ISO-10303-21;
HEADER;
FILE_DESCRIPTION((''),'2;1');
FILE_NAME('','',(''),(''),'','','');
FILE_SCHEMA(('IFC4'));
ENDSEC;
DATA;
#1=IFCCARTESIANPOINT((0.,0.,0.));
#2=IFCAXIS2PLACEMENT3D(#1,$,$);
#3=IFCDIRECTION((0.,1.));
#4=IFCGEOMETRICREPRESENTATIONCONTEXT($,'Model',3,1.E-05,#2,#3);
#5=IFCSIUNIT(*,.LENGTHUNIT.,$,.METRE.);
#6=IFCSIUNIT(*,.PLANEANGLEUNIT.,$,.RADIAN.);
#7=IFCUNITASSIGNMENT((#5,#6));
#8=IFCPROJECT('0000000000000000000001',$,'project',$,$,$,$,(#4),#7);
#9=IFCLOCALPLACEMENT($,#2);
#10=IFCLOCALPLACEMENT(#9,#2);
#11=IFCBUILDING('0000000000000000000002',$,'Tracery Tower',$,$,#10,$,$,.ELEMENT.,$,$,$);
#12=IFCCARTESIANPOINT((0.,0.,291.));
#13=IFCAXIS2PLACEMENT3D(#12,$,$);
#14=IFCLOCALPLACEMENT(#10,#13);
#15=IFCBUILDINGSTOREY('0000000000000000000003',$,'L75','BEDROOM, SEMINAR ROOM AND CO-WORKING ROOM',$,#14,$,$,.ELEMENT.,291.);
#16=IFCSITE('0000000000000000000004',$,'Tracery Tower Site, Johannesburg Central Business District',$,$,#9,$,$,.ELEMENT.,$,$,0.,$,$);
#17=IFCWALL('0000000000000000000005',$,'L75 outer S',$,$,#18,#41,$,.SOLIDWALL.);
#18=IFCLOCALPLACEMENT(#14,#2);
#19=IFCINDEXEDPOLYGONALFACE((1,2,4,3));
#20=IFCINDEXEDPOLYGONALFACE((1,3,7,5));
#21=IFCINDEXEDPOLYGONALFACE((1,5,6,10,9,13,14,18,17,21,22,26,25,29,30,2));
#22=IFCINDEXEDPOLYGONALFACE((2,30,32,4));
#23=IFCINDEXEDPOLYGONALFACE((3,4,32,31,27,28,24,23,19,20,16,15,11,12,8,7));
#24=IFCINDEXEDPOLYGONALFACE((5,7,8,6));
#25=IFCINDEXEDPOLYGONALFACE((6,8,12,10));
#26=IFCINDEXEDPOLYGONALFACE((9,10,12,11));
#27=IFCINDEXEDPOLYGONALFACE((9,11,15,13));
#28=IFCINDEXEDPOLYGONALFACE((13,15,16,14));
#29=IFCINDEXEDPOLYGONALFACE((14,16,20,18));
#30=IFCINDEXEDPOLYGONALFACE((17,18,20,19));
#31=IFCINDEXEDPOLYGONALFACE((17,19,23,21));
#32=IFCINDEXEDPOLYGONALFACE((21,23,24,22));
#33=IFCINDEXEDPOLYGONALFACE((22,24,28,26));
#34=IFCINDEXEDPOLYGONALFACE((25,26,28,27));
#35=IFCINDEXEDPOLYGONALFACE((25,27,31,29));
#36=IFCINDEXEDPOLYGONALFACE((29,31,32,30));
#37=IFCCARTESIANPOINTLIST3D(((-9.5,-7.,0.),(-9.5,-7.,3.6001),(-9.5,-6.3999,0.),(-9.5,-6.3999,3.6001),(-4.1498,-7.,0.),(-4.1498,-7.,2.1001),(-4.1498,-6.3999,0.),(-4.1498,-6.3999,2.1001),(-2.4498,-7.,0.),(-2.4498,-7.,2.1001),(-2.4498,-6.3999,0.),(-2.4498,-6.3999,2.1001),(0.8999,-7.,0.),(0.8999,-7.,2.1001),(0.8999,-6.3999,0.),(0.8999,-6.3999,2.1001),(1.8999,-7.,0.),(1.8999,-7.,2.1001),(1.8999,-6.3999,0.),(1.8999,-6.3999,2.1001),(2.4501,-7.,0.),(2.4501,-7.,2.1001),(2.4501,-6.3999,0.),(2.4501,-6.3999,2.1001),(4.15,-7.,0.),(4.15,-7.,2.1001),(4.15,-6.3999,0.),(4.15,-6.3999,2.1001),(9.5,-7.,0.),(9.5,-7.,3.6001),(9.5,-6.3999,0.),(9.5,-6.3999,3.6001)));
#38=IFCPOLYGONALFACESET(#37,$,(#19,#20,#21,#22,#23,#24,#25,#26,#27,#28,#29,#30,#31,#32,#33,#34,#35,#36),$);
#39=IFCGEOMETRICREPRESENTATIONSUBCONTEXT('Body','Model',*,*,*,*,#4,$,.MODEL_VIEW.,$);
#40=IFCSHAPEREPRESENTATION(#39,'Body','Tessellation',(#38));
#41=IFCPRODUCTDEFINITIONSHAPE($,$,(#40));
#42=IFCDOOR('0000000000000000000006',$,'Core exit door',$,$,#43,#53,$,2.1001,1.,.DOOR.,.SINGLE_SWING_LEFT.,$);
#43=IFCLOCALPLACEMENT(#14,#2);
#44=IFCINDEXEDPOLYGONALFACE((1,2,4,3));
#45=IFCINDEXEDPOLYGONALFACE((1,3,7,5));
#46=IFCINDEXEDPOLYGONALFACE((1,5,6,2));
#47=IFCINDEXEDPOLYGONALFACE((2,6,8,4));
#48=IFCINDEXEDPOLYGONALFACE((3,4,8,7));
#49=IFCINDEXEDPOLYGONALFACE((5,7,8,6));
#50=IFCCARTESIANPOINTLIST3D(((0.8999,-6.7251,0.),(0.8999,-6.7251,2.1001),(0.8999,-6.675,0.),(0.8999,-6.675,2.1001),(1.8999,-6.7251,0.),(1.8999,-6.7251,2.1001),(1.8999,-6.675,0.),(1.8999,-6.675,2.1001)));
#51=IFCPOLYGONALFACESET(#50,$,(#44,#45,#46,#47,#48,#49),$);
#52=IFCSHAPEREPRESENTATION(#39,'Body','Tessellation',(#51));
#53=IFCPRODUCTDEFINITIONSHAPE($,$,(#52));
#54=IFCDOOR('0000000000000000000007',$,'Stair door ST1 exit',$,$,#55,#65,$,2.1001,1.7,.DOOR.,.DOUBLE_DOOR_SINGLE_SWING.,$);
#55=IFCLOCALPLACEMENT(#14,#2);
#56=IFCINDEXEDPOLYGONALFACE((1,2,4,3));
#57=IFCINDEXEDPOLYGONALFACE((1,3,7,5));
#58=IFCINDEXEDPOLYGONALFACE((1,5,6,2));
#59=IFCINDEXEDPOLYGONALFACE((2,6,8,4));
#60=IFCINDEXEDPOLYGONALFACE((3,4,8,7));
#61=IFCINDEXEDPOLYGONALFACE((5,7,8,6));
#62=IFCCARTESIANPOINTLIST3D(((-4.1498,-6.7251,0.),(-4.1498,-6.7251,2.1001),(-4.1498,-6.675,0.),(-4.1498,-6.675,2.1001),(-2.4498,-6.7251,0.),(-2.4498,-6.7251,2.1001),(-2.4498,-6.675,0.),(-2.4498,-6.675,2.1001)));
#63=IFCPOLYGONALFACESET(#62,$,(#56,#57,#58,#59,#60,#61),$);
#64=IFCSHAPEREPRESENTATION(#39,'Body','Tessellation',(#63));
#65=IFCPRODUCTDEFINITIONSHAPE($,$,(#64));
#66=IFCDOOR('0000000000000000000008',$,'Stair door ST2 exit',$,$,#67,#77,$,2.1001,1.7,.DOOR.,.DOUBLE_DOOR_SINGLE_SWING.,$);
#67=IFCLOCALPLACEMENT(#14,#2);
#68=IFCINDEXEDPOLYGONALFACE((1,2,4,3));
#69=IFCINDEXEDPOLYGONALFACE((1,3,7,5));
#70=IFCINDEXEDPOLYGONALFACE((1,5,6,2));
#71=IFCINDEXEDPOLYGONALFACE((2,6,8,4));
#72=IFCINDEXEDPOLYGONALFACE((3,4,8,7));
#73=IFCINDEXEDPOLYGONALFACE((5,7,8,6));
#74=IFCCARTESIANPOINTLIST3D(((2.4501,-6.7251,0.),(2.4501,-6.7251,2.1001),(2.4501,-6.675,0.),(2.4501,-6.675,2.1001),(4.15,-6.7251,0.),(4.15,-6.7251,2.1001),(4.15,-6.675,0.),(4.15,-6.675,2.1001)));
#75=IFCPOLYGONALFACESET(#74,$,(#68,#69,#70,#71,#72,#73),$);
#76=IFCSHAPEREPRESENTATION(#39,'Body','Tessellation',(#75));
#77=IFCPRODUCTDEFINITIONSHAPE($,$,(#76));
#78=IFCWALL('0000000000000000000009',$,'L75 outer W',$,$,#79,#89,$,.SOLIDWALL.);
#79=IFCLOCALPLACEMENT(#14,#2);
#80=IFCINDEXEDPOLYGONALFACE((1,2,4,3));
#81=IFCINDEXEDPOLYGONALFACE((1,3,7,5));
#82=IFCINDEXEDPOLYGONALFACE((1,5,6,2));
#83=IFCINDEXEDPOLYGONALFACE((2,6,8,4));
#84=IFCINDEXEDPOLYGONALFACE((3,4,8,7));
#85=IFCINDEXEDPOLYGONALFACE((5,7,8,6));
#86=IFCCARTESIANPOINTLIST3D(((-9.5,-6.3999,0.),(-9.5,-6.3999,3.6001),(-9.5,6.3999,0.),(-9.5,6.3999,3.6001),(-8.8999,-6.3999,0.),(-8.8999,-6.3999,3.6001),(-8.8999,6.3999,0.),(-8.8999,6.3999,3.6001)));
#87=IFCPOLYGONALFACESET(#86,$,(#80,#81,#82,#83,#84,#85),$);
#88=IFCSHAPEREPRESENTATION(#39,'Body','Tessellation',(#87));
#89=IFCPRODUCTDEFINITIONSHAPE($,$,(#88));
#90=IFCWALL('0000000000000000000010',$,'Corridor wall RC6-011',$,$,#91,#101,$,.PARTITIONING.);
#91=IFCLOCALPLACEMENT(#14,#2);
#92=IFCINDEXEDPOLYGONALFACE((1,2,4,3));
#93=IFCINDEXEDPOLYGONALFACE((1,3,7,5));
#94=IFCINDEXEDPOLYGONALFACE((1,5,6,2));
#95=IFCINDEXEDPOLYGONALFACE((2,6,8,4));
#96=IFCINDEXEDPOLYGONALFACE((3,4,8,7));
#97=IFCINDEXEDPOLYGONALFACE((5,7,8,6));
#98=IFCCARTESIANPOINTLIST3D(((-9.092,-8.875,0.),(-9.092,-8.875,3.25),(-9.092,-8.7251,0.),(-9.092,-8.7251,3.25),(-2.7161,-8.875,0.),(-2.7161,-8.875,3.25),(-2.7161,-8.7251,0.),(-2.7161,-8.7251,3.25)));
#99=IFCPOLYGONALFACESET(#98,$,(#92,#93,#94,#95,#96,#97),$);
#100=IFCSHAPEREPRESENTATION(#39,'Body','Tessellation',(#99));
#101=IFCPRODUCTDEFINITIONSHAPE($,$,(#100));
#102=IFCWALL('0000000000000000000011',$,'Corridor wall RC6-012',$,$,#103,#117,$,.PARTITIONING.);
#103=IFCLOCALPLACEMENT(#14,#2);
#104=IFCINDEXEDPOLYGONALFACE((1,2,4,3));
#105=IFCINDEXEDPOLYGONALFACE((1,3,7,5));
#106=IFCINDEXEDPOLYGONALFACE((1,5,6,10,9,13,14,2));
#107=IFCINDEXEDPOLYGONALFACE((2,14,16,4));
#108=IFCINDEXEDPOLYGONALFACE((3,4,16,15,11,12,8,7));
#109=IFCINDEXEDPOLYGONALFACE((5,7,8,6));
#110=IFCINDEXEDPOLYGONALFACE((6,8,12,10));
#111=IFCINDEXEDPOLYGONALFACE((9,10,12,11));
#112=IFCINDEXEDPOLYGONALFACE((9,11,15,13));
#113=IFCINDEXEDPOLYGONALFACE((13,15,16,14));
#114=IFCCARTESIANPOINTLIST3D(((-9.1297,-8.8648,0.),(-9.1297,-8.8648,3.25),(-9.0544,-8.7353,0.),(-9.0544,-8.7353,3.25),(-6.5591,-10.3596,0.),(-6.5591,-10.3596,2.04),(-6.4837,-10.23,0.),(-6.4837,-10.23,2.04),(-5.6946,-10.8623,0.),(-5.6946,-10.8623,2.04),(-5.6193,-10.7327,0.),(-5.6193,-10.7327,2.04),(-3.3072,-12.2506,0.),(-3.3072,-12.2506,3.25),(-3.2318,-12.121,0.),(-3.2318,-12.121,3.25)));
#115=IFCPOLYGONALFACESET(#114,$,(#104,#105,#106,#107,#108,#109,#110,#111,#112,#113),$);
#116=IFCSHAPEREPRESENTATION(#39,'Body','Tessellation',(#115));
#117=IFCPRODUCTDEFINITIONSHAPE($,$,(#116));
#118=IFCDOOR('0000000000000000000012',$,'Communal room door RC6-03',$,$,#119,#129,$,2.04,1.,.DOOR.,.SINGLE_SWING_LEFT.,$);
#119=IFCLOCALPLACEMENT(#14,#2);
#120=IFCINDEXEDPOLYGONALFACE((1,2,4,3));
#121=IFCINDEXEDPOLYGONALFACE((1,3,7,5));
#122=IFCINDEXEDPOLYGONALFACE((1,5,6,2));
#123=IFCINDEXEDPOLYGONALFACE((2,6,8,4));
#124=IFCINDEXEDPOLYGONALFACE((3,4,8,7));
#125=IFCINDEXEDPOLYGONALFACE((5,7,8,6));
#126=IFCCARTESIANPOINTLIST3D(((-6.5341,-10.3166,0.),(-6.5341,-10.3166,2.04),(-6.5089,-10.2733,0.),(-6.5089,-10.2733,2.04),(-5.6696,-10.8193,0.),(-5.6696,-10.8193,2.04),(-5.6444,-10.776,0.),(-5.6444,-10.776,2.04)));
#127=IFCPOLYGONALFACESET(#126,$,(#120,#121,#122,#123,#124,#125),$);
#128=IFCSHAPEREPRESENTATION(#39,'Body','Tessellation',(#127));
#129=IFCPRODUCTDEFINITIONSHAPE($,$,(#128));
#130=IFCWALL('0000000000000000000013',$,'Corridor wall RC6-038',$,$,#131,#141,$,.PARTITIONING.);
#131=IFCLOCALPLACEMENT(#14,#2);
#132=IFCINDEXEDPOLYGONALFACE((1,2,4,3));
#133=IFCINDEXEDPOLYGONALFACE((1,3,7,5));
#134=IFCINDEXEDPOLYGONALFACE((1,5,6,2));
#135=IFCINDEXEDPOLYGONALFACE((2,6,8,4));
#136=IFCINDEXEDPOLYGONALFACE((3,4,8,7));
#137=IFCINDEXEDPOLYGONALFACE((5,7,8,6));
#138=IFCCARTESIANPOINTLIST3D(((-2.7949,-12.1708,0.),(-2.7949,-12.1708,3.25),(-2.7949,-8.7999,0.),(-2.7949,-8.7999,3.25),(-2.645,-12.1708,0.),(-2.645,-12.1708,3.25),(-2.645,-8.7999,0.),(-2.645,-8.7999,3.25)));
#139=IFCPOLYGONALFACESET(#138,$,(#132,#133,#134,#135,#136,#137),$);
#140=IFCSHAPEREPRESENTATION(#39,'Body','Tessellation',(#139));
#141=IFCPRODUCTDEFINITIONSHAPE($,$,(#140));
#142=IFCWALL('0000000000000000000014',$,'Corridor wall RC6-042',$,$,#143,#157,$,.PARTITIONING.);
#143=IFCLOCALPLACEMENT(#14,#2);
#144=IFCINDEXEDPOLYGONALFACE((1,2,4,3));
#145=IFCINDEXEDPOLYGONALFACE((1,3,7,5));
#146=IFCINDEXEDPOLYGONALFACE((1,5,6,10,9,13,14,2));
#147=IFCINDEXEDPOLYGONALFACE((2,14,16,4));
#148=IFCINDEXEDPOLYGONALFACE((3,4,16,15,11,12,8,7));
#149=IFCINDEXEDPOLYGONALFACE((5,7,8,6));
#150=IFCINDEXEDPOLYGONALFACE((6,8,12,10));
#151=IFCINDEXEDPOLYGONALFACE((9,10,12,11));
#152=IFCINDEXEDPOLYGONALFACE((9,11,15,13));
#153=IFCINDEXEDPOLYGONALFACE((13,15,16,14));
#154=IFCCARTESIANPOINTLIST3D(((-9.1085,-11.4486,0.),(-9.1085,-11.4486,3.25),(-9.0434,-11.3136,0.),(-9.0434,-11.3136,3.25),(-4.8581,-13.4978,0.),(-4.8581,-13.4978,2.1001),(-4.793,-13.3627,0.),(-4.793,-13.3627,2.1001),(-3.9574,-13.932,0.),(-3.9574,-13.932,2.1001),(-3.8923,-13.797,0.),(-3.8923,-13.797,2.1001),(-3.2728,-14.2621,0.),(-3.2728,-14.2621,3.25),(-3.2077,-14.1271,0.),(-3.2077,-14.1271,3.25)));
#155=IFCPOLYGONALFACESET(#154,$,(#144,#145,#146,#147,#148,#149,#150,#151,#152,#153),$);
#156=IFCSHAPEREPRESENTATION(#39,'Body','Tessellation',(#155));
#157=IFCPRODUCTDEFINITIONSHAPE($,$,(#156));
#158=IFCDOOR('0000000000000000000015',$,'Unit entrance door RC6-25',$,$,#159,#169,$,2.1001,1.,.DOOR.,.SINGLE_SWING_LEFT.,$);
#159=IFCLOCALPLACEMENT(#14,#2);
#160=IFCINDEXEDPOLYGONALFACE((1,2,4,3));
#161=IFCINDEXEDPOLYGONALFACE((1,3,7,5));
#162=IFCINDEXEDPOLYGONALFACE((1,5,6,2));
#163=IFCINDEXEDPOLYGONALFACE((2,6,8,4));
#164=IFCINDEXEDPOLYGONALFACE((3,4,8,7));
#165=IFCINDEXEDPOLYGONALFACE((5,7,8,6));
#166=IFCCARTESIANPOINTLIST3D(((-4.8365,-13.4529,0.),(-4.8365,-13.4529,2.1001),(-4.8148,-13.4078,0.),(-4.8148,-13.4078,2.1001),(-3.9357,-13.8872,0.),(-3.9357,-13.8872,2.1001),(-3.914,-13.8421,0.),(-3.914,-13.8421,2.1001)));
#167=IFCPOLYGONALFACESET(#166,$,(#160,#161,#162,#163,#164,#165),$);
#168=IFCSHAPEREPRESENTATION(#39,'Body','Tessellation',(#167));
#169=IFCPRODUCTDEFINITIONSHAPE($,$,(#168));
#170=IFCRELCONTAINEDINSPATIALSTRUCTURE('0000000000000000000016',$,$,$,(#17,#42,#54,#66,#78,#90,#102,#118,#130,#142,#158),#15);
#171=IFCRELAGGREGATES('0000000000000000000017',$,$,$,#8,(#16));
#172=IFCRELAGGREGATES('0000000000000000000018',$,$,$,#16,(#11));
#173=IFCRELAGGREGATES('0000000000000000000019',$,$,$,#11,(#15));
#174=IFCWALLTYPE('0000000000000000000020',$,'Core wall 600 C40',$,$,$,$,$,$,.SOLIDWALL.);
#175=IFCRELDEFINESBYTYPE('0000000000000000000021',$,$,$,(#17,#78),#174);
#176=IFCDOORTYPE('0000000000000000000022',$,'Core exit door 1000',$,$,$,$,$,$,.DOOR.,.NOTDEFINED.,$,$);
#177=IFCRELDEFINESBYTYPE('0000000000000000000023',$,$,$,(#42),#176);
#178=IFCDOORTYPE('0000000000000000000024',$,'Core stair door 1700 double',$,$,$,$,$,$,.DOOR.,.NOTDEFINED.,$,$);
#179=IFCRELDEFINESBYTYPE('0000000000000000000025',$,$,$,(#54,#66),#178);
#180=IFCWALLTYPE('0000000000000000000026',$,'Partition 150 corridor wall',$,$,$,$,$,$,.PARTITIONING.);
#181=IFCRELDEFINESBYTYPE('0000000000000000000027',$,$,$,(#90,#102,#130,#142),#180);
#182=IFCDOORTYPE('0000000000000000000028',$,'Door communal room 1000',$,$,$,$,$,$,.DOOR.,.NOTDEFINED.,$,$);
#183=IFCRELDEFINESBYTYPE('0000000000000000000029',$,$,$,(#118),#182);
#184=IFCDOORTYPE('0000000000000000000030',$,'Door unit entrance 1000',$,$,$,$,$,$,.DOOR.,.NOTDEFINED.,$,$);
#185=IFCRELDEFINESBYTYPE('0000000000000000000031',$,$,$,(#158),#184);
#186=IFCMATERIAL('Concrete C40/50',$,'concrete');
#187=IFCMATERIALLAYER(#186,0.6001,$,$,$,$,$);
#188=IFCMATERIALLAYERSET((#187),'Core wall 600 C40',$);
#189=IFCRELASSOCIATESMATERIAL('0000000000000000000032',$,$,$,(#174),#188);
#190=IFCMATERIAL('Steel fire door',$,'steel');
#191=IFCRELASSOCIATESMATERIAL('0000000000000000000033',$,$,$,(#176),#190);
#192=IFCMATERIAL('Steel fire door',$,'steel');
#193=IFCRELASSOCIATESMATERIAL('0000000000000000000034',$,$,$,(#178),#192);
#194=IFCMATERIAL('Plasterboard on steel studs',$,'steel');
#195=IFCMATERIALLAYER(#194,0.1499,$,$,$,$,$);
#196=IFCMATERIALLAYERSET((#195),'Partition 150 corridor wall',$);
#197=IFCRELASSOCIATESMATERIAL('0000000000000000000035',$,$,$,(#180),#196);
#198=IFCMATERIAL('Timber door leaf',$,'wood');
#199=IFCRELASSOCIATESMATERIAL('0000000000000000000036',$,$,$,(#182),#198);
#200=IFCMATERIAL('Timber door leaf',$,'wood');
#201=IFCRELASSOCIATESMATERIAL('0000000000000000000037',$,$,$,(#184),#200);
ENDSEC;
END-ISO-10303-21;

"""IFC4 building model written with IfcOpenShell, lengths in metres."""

from ifc_helpers import new_model, si_unit, direction, frame, frame_2d, origin, place, context, subcontext, project, spatial, rectangle, extrude, material, layer, layer_set, type_object, element, fill, save


model = new_model("IFC4")

# Units and contexts
model_context = context("Model", 3, precision=1e-05, world=origin(), true_north=direction((0.0, 1.0)))
body_context = subcontext(model_context, "Body", "Model", "MODEL_VIEW")
ifc_project = project(units=[si_unit("LENGTHUNIT", "METRE"), si_unit("PLANEANGLEUNIT", "RADIAN")], contexts=[model_context])

# Site, building, storey
site_placement = place(None, origin())
site = spatial("IfcSite", under=ifc_project, at=site_placement, Name="Tracery Tower Site, Johannesburg Central Business District", CompositionType="ELEMENT", RefElevation=0.0)
building_placement = place(site_placement, origin())
building = spatial("IfcBuilding", under=site, at=building_placement, Name="Tracery Tower", CompositionType="ELEMENT")
storey_placement = place(building_placement, frame((0.0, 0.0, 291.0)))
storey = spatial("IfcBuildingStorey", under=building, at=storey_placement, Name="L75", Description="BEDROOM, SEMINAR ROOM AND CO-WORKING ROOM", CompositionType="ELEMENT", Elevation=291.0)

# Wall, openings, doors
ifc_material_1 = material(Name="Concrete C40/50", Category="concrete")
ifc_layer_1 = layer(ifc_material_1, 0.6001)
ifc_layer_set_1 = layer_set([ifc_layer_1], Name="Core wall 600 C40")
wall_type_1 = type_object("IfcWallType", Name="Core wall 600 C40", PredefinedType="SOLIDWALL", material=ifc_layer_set_1)
wall_1_placement = place(storey_placement, frame((-9.5, -6.7, 0.0), z_axis=(0.0, 0.0, 1.0), x_axis=(1.0, 0.0, 0.0)))
wall_1 = element("IfcWall", 1, at=wall_1_placement, inside=storey, type_object=wall_type_1, Name="L75 outer S", PredefinedType="SOLIDWALL", context=body_context, shape_type="SweptSolid", body=[
    extrude(rectangle(XDim=19.0, YDim=0.6001, at=frame_2d((9.5, 0.0))), origin(), (0.0, 0.0, 1.0), 3.6001),
])
opening_1_placement = place(wall_1_placement, frame((10.3999, 0.0, 0.0)))
opening_1 = element("IfcOpeningElement", 2, at=opening_1_placement, cuts=wall_1, PredefinedType="OPENING", context=body_context, shape_type="SweptSolid", body=[
    extrude(rectangle(XDim=1.0, YDim=2.1001, at=frame_2d((0.5, 1.05))), frame((0.0, 0.3, 0.0), z_axis=(0.0, -1.0, 0.0), x_axis=(1.0, 0.0, 0.0)), (0.0, 0.0, 1.0), 0.6001),
])
opening_2_placement = place(wall_1_placement, frame((5.3501, 0.0, 0.0)))
opening_2 = element("IfcOpeningElement", 3, at=opening_2_placement, cuts=wall_1, PredefinedType="OPENING", context=body_context, shape_type="SweptSolid", body=[
    extrude(rectangle(XDim=1.7, YDim=2.1001, at=frame_2d((0.8501, 1.05))), frame((0.0, 0.3, 0.0), z_axis=(0.0, -1.0, 0.0), x_axis=(1.0, 0.0, 0.0)), (0.0, 0.0, 1.0), 0.6001),
])
opening_3_placement = place(wall_1_placement, frame((11.95, 0.0, 0.0)))
opening_3 = element("IfcOpeningElement", 4, at=opening_3_placement, cuts=wall_1, PredefinedType="OPENING", context=body_context, shape_type="SweptSolid", body=[
    extrude(rectangle(XDim=1.7, YDim=2.1001, at=frame_2d((0.8501, 1.05))), frame((0.0, 0.3, 0.0), z_axis=(0.0, -1.0, 0.0), x_axis=(1.0, 0.0, 0.0)), (0.0, 0.0, 1.0), 0.6001),
])
ifc_material_2 = material(Name="Steel fire door", Category="steel")
door_type_1 = type_object("IfcDoorType", Name="Core exit door 1000", OperationType="NOTDEFINED", PredefinedType="DOOR", material=ifc_material_2)
door_1_placement = place(opening_1_placement, origin())
door_1 = element("IfcDoor", 5, at=door_1_placement, inside=storey, type_object=door_type_1, Name="Core exit door", OperationType="SINGLE_SWING_LEFT", OverallHeight=2.1001, OverallWidth=1.0, PredefinedType="DOOR", context=body_context, shape_type="SweptSolid", body=[
    extrude(rectangle(XDim=1.0, YDim=2.1001, at=frame_2d((0.5, 1.05))), frame((0.0, 0.0249, 0.0), z_axis=(0.0, -1.0, 0.0), x_axis=(1.0, 0.0, 0.0)), (0.0, 0.0, 1.0), 0.05),
])
fill(opening_1, door_1)
ifc_material_3 = material(Name="Steel fire door", Category="steel")
door_type_2 = type_object("IfcDoorType", Name="Core stair door 1700 double", OperationType="NOTDEFINED", PredefinedType="DOOR", material=ifc_material_3)
door_2_placement = place(opening_2_placement, origin())
door_2 = element("IfcDoor", 6, at=door_2_placement, inside=storey, type_object=door_type_2, Name="Stair door ST1 exit", OperationType="DOUBLE_DOOR_SINGLE_SWING", OverallHeight=2.1001, OverallWidth=1.7, PredefinedType="DOOR", context=body_context, shape_type="SweptSolid", body=[
    extrude(rectangle(XDim=1.7, YDim=2.1001, at=frame_2d((0.8501, 1.05))), frame((0.0, 0.0249, 0.0), z_axis=(0.0, -1.0, 0.0), x_axis=(1.0, 0.0, 0.0)), (0.0, 0.0, 1.0), 0.05),
])
fill(opening_2, door_2)
door_3_placement = place(opening_3_placement, origin())
door_3 = element("IfcDoor", 7, at=door_3_placement, inside=storey, type_object=door_type_2, Name="Stair door ST2 exit", OperationType="DOUBLE_DOOR_SINGLE_SWING", OverallHeight=2.1001, OverallWidth=1.7, PredefinedType="DOOR", context=body_context, shape_type="SweptSolid", body=[
    extrude(rectangle(XDim=1.7, YDim=2.1001, at=frame_2d((0.8501, 1.05))), frame((0.0, 0.0249, 0.0), z_axis=(0.0, -1.0, 0.0), x_axis=(1.0, 0.0, 0.0)), (0.0, 0.0, 1.0), 0.05),
])
fill(opening_3, door_3)

# Walls
wall_2_placement = place(storey_placement, frame((-9.2, -6.3999, 0.0), z_axis=(0.0, 0.0, 1.0), x_axis=(0.0, 1.0, 0.0)))
element("IfcWall", 8, at=wall_2_placement, inside=storey, type_object=wall_type_1, Name="L75 outer W", PredefinedType="SOLIDWALL", context=body_context, shape_type="SweptSolid", body=[
    extrude(rectangle(XDim=12.7998, YDim=0.6001, at=frame_2d((6.3999, 0.0))), origin(), (0.0, 0.0, 1.0), 3.6001),
])
ifc_material_4 = material(Name="Plasterboard on steel studs", Category="steel")
ifc_layer_2 = layer(ifc_material_4, 0.1499)
ifc_layer_set_2 = layer_set([ifc_layer_2], Name="Partition 150 corridor wall")
wall_type_2 = type_object("IfcWallType", Name="Partition 150 corridor wall", PredefinedType="PARTITIONING", material=ifc_layer_set_2)
wall_3_placement = place(storey_placement, frame((-9.092, -8.8, 0.0), z_axis=(0.0, 0.0, 1.0), x_axis=(1.0, 0.0, 0.0)))
element("IfcWall", 9, at=wall_3_placement, inside=storey, type_object=wall_type_2, Name="Corridor wall RC6-011", PredefinedType="PARTITIONING", context=body_context, shape_type="SweptSolid", body=[
    extrude(rectangle(XDim=6.376, YDim=0.1499, at=frame_2d((3.188, 0.0))), origin(), (0.0, 0.0, 1.0), 3.25),
])

# Wall, opening, door
wall_4_placement = place(storey_placement, frame((-9.092, -8.8, 0.0), z_axis=(0.0, 0.0, 1.0), x_axis=(0.864471, -0.502683, 0.0)))
wall_4 = element("IfcWall", 10, at=wall_4_placement, inside=storey, type_object=wall_type_2, Name="Corridor wall RC6-012", PredefinedType="PARTITIONING", context=body_context, shape_type="SweptSolid", body=[
    extrude(rectangle(XDim=6.7354, YDim=0.1499, at=frame_2d((3.3677, 0.0))), origin(), (0.0, 0.0, 1.0), 3.25),
])
opening_4_placement = place(wall_4_placement, frame((2.9736, 0.0, 0.0)))
opening_4 = element("IfcOpeningElement", 11, at=opening_4_placement, cuts=wall_4, PredefinedType="OPENING", context=body_context, shape_type="SweptSolid", body=[
    extrude(rectangle(XDim=1.0, YDim=2.04, at=frame_2d((0.5, 1.02))), frame((0.0, 0.075, 0.0), z_axis=(0.0, -1.0, 0.0), x_axis=(1.0, 0.0, 0.0)), (0.0, 0.0, 1.0), 0.1499),
])
ifc_material_5 = material(Name="Timber door leaf", Category="wood")
door_type_3 = type_object("IfcDoorType", Name="Door communal room 1000", OperationType="NOTDEFINED", PredefinedType="DOOR", material=ifc_material_5)
door_4_placement = place(opening_4_placement, origin())
door_4 = element("IfcDoor", 12, at=door_4_placement, inside=storey, type_object=door_type_3, Name="Communal room door RC6-03", OperationType="SINGLE_SWING_LEFT", OverallHeight=2.04, OverallWidth=1.0, PredefinedType="DOOR", context=body_context, shape_type="SweptSolid", body=[
    extrude(rectangle(XDim=1.0, YDim=2.04, at=frame_2d((0.5, 1.02))), frame((0.0, 0.0249, 0.0), z_axis=(0.0, -1.0, 0.0), x_axis=(1.0, 0.0, 0.0)), (0.0, 0.0, 1.0), 0.05),
])
fill(opening_4, door_4)

# Wall
wall_5_placement = place(storey_placement, frame((-2.72, -12.1709, 0.0), z_axis=(0.0, 0.0, 1.0), x_axis=(0.0, 1.0, 0.0)))
element("IfcWall", 13, at=wall_5_placement, inside=storey, type_object=wall_type_2, Name="Corridor wall RC6-038", PredefinedType="PARTITIONING", context=body_context, shape_type="SweptSolid", body=[
    extrude(rectangle(XDim=3.3708, YDim=0.1499, at=frame_2d((1.6855, 0.0))), origin(), (0.0, 0.0, 1.0), 3.25),
])

# Wall, opening, door
wall_6_placement = place(storey_placement, frame((-9.0759, -11.3811, 0.0), z_axis=(0.0, 0.0, 1.0), x_axis=(0.900778, -0.434279, 0.0)))
wall_6 = element("IfcWall", 14, at=wall_6_placement, inside=storey, type_object=wall_type_2, Name="Corridor wall RC6-042", PredefinedType="PARTITIONING", context=body_context, shape_type="SweptSolid", body=[
    extrude(rectangle(XDim=6.4785, YDim=0.1499, at=frame_2d((3.2393, 0.0))), origin(), (0.0, 0.0, 1.0), 3.25),
])
opening_5_placement = place(wall_6_placement, frame((4.7185, 0.0, 0.0)))
opening_5 = element("IfcOpeningElement", 15, at=opening_5_placement, cuts=wall_6, PredefinedType="OPENING", context=body_context, shape_type="SweptSolid", body=[
    extrude(rectangle(XDim=1.0, YDim=2.1001, at=frame_2d((0.5, 1.05))), frame((0.0, 0.075, 0.0), z_axis=(0.0, -1.0, 0.0), x_axis=(1.0, 0.0, 0.0)), (0.0, 0.0, 1.0), 0.1499),
])
ifc_material_6 = material(Name="Timber door leaf", Category="wood")
door_type_4 = type_object("IfcDoorType", Name="Door unit entrance 1000", OperationType="NOTDEFINED", PredefinedType="DOOR", material=ifc_material_6)
door_5_placement = place(opening_5_placement, origin())
door_5 = element("IfcDoor", 16, at=door_5_placement, inside=storey, type_object=door_type_4, Name="Unit entrance door RC6-25", OperationType="SINGLE_SWING_LEFT", OverallHeight=2.1001, OverallWidth=1.0, PredefinedType="DOOR", context=body_context, shape_type="SweptSolid", body=[
    extrude(rectangle(XDim=1.0, YDim=2.1001, at=frame_2d((0.5, 1.05))), frame((0.0, 0.0249, 0.0), z_axis=(0.0, -1.0, 0.0), x_axis=(1.0, 0.0, 0.0)), (0.0, 0.0, 1.0), 0.05),
])
fill(opening_5, door_5)

save(model, "model.ifc")
